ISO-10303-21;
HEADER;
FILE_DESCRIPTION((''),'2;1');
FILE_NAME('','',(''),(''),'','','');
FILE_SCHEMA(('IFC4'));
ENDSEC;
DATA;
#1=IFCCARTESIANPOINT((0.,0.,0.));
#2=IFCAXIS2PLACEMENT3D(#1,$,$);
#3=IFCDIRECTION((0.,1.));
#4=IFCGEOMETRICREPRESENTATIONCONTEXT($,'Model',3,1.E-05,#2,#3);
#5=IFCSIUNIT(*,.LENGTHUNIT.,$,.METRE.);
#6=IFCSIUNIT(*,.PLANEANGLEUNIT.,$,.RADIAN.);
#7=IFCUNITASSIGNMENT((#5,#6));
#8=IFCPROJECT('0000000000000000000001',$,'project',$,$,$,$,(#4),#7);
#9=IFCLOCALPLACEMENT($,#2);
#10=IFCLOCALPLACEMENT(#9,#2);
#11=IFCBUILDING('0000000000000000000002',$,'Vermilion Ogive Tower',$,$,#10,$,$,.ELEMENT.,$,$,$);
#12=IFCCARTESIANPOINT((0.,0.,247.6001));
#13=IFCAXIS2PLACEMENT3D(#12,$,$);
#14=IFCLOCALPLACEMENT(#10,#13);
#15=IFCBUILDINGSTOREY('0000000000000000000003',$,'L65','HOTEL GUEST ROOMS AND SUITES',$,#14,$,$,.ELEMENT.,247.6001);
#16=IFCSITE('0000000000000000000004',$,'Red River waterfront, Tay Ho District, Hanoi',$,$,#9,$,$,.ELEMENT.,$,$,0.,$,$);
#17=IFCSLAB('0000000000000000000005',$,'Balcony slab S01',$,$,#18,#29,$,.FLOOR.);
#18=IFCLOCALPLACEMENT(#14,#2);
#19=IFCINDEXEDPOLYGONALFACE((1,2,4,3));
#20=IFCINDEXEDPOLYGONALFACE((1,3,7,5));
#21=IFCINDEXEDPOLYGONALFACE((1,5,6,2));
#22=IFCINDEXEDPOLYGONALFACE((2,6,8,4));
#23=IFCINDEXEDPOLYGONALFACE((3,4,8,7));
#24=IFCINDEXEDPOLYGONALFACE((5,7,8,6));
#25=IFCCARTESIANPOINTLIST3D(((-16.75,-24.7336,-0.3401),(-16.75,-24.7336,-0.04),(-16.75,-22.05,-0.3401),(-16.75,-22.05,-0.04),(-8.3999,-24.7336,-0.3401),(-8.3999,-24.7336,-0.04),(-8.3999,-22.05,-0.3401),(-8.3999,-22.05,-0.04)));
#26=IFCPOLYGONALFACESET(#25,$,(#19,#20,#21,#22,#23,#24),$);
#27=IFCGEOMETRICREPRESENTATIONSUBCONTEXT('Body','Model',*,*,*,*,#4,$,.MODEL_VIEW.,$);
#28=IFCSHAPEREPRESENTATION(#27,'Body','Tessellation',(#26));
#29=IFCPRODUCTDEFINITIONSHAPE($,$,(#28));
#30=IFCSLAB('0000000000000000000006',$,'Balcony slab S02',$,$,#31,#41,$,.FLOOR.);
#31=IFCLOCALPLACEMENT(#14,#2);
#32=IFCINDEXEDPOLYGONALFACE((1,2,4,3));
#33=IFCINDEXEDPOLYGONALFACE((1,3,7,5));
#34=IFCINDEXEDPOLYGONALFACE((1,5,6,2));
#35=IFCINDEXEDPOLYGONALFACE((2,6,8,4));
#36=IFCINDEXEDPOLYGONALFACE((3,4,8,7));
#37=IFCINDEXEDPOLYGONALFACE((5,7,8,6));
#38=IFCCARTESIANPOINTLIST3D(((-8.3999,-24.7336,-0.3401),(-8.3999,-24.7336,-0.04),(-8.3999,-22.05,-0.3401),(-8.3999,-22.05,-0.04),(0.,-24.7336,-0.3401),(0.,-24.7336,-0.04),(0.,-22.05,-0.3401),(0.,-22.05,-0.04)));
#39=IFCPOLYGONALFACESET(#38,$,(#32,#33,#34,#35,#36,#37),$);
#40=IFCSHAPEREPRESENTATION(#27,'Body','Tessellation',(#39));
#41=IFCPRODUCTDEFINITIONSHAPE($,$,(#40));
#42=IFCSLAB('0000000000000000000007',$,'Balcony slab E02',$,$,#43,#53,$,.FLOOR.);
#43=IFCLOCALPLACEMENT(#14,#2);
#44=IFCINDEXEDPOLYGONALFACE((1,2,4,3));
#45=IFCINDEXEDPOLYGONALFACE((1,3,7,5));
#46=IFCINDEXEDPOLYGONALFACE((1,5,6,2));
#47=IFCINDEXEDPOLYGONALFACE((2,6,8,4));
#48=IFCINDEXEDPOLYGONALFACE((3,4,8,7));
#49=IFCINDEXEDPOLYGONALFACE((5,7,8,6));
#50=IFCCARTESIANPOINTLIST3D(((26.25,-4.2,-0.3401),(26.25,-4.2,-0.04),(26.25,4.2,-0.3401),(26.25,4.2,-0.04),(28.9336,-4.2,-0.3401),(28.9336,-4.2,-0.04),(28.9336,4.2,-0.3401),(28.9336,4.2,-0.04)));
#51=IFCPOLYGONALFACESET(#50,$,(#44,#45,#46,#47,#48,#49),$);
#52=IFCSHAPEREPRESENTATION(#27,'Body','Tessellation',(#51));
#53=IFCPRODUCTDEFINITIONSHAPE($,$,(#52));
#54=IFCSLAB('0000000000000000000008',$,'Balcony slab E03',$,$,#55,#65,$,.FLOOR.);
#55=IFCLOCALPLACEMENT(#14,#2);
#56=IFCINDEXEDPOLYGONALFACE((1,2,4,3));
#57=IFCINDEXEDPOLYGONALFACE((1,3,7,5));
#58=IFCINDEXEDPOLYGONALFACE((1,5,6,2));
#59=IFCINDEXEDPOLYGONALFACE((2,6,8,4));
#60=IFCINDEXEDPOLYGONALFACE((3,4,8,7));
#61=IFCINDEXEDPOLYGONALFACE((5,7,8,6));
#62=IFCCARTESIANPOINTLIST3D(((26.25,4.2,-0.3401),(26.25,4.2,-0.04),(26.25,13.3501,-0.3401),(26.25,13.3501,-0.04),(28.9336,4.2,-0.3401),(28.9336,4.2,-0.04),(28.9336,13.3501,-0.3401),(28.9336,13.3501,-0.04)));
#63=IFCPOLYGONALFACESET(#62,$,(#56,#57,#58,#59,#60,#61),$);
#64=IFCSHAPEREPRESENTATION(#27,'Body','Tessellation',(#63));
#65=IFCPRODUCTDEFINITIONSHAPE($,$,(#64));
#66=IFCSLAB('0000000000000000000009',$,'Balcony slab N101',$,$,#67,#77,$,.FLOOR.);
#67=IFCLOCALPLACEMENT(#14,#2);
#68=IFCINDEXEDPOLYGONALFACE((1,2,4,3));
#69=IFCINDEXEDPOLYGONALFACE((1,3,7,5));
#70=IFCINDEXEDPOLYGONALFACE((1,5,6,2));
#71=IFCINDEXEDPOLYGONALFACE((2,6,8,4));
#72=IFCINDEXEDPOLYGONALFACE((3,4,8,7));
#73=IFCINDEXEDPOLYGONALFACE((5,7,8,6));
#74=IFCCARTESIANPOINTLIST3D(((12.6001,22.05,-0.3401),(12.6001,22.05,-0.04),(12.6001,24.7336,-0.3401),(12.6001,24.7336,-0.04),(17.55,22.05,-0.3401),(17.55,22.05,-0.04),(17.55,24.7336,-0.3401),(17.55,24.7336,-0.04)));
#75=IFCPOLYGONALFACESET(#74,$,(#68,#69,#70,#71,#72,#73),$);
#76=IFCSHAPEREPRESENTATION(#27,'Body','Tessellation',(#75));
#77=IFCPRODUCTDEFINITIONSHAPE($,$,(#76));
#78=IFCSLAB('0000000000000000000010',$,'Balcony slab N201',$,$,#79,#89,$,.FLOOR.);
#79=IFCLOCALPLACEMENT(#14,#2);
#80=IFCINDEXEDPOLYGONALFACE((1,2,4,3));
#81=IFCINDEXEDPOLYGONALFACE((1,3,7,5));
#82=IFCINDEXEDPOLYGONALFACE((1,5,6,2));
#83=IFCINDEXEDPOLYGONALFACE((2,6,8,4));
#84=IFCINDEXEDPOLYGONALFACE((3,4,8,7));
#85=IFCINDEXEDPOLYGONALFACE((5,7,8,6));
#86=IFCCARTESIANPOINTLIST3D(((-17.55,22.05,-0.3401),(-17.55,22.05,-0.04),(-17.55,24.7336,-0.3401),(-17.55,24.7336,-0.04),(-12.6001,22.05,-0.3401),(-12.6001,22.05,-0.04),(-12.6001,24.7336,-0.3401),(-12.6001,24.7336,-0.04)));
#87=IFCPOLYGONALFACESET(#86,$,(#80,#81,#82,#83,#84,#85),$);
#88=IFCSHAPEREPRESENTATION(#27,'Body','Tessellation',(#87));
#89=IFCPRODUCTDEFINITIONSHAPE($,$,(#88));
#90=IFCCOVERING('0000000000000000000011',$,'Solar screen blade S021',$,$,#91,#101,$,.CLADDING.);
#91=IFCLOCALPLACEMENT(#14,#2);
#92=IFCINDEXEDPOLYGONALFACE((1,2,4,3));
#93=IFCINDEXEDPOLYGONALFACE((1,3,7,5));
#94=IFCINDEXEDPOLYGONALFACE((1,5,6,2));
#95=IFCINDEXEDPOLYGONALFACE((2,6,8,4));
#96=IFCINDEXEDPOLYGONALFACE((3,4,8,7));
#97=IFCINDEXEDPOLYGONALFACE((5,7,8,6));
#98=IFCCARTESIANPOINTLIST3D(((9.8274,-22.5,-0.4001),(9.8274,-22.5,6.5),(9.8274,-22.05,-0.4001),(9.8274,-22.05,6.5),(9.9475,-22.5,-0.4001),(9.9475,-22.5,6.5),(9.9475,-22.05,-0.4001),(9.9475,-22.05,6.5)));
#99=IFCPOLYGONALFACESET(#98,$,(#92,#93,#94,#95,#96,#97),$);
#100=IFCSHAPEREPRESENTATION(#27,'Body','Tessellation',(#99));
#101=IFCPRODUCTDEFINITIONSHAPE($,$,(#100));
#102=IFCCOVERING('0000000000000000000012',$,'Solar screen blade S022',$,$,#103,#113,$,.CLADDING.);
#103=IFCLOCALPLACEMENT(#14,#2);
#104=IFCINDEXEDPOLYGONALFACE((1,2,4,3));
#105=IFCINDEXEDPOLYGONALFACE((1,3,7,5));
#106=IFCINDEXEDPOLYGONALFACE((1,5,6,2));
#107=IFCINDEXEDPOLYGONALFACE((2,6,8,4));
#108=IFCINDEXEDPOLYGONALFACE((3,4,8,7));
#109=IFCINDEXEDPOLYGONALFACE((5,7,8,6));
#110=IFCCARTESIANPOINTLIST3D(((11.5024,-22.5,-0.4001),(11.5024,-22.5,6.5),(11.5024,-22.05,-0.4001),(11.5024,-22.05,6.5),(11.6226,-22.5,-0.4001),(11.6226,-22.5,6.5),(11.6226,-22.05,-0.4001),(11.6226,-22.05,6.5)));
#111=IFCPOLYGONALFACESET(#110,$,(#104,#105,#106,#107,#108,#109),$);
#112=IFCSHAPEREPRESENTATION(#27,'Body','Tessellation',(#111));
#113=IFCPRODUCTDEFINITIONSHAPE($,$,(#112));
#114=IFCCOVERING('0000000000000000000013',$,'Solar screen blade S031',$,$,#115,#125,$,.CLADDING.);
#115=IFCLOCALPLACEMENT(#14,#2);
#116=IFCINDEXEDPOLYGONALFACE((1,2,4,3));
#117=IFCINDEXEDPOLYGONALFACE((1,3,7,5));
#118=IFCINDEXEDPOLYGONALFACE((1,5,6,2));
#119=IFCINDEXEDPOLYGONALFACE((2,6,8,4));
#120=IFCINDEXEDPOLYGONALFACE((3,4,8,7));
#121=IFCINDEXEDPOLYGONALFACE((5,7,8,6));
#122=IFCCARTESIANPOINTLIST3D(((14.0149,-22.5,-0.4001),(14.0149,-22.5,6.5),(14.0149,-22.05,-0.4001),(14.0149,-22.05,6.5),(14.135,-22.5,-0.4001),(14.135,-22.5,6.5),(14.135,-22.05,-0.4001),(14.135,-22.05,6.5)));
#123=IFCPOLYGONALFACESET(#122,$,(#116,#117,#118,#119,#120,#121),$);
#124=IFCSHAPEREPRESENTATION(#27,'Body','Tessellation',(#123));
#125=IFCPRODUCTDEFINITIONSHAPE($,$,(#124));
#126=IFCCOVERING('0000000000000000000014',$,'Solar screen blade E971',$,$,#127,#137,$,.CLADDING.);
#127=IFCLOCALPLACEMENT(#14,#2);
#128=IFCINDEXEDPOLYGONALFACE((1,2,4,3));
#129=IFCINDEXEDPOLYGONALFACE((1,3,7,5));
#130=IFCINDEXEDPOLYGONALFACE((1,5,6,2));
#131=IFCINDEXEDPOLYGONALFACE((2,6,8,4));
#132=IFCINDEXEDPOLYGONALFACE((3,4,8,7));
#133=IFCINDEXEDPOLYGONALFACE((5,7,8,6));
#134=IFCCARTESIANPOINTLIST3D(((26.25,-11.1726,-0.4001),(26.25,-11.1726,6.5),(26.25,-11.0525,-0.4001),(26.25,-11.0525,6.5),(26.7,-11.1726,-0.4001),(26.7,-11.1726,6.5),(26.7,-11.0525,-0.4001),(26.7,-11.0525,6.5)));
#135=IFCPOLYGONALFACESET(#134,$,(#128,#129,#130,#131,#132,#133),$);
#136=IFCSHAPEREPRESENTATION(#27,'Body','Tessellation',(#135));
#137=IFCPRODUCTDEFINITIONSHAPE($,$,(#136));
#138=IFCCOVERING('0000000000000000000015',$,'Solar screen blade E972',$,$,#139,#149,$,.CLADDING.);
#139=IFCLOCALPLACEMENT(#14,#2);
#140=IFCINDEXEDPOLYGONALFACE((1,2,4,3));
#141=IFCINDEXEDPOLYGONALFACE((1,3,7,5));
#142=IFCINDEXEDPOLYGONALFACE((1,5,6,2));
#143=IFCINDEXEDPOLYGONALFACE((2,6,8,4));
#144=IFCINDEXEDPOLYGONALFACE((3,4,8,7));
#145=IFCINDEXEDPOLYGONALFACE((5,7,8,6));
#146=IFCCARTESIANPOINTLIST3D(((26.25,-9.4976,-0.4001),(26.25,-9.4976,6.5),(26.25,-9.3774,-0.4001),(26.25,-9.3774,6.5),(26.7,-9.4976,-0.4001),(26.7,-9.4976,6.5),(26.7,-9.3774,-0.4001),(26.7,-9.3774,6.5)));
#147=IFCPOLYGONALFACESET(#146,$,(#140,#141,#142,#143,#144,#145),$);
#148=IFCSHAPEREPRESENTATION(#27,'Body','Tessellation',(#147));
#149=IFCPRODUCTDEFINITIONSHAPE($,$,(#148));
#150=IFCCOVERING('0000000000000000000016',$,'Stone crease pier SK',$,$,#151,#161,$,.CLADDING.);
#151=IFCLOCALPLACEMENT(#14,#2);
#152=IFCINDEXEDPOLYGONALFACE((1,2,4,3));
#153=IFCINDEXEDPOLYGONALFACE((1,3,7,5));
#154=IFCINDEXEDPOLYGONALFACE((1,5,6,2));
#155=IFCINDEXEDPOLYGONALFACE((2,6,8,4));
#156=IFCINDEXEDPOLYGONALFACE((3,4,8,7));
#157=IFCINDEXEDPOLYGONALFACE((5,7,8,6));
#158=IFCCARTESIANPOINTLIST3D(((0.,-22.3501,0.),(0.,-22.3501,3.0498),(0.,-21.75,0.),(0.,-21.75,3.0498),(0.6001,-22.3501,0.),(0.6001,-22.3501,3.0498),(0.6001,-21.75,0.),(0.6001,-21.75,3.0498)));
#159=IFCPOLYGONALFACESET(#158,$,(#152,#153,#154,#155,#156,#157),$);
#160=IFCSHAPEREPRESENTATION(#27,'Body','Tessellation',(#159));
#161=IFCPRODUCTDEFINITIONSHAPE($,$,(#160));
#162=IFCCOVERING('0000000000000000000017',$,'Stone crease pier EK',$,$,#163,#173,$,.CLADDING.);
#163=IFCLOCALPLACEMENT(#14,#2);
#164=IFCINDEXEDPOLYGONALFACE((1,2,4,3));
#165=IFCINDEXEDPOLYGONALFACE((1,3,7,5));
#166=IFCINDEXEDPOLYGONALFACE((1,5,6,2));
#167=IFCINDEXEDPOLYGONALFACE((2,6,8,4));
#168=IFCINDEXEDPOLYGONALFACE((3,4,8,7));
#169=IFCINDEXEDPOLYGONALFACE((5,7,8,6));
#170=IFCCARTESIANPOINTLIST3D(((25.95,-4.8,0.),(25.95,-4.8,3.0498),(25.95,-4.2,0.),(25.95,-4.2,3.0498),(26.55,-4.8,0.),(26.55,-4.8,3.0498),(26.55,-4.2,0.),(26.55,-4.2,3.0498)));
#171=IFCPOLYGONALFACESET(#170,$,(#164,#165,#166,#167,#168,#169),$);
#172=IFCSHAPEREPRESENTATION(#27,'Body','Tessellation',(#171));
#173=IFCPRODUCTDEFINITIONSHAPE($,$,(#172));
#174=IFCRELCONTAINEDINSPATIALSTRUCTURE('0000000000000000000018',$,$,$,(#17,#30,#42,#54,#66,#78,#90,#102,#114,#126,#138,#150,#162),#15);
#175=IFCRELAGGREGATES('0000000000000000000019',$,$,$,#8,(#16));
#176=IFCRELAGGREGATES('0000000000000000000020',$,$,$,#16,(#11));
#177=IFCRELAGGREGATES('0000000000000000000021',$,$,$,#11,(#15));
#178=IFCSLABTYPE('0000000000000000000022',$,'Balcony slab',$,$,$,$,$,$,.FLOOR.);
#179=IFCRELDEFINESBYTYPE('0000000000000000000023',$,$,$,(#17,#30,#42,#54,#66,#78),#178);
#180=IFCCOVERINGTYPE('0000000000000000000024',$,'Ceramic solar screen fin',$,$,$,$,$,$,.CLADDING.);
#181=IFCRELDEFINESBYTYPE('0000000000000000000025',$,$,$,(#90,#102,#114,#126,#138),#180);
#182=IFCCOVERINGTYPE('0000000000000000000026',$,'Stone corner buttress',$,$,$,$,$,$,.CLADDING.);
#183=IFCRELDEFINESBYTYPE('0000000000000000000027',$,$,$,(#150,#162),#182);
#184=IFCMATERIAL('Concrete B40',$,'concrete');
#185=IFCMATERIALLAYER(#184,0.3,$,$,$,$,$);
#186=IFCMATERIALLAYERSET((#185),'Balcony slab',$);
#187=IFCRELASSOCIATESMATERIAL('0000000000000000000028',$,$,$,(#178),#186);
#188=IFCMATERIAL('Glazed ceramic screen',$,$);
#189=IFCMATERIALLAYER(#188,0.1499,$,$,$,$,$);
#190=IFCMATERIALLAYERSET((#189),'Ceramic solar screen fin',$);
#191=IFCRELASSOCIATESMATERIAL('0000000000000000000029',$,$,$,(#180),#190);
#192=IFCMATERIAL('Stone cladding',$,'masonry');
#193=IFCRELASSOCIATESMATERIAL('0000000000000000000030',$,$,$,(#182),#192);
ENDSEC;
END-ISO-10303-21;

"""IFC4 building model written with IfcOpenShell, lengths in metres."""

from ifc_helpers import new_model, si_unit, direction, frame, origin, place, context, subcontext, project, spatial, polyline, outline, extrude, material, layer, layer_set, type_object, element, save


model = new_model("IFC4")

# Units and contexts
model_context = context("Model", 3, precision=1e-05, world=origin(), true_north=direction((0.0, 1.0)))
body_context = subcontext(model_context, "Body", "Model", "MODEL_VIEW")
ifc_project = project(units=[si_unit("LENGTHUNIT", "METRE"), si_unit("PLANEANGLEUNIT", "RADIAN")], contexts=[model_context])

# Site, building, storey
site_placement = place(None, origin())
site = spatial("IfcSite", under=ifc_project, at=site_placement, Name="Red River waterfront, Tay Ho District, Hanoi", CompositionType="ELEMENT", RefElevation=0.0)
building_placement = place(site_placement, origin())
building = spatial("IfcBuilding", under=site, at=building_placement, Name="Vermilion Ogive Tower", CompositionType="ELEMENT")
storey_placement = place(building_placement, frame((0.0, 0.0, 247.6001)))
storey = spatial("IfcBuildingStorey", under=building, at=storey_placement, Name="L65", Description="HOTEL GUEST ROOMS AND SUITES", CompositionType="ELEMENT", Elevation=247.6001)

# Slabs
ifc_material_1 = material(Name="Concrete B40", Category="concrete")
ifc_layer_1 = layer(ifc_material_1, 0.3)
ifc_layer_set_1 = layer_set([ifc_layer_1], Name="Balcony slab")
slab_type = type_object("IfcSlabType", Name="Balcony slab", PredefinedType="FLOOR", material=ifc_layer_set_1)
slab_1_placement = place(storey_placement, frame((0.0, 0.0, -0.3401)))
element("IfcSlab", 1, at=slab_1_placement, inside=storey, type_object=slab_type, Name="Balcony slab S01", PredefinedType="FLOOR", context=body_context, shape_type="SweptSolid", body=[
    extrude(outline(polyline([(-16.75, -24.7336), (-8.3999, -24.7336), (-8.3999, -22.05), (-16.75, -22.05), (-16.75, -24.7336)])), origin(), (0.0, 0.0, 1.0), 0.3),
])
slab_2_placement = place(storey_placement, frame((0.0, 0.0, -0.3401)))
element("IfcSlab", 2, at=slab_2_placement, inside=storey, type_object=slab_type, Name="Balcony slab S02", PredefinedType="FLOOR", context=body_context, shape_type="SweptSolid", body=[
    extrude(outline(polyline([(-8.3999, -24.7336), (0.0, -24.7336), (0.0, -22.05), (-8.3999, -22.05), (-8.3999, -24.7336)])), origin(), (0.0, 0.0, 1.0), 0.3),
])
slab_3_placement = place(storey_placement, frame((0.0, 0.0, -0.3401)))
element("IfcSlab", 3, at=slab_3_placement, inside=storey, type_object=slab_type, Name="Balcony slab E02", PredefinedType="FLOOR", context=body_context, shape_type="SweptSolid", body=[
    extrude(outline(polyline([(28.9336, -4.2), (28.9336, 4.2), (26.25, 4.2), (26.25, -4.2), (28.9336, -4.2)])), origin(), (0.0, 0.0, 1.0), 0.3),
])
slab_4_placement = place(storey_placement, frame((0.0, 0.0, -0.3401)))
element("IfcSlab", 4, at=slab_4_placement, inside=storey, type_object=slab_type, Name="Balcony slab E03", PredefinedType="FLOOR", context=body_context, shape_type="SweptSolid", body=[
    extrude(outline(polyline([(28.9336, 4.2), (28.9336, 13.3501), (26.25, 13.3501), (26.25, 4.2), (28.9336, 4.2)])), origin(), (0.0, 0.0, 1.0), 0.3),
])
slab_5_placement = place(storey_placement, frame((0.0, 0.0, -0.3401)))
element("IfcSlab", 5, at=slab_5_placement, inside=storey, type_object=slab_type, Name="Balcony slab N101", PredefinedType="FLOOR", context=body_context, shape_type="SweptSolid", body=[
    extrude(outline(polyline([(17.55, 24.7336), (12.6001, 24.7336), (12.6001, 22.05), (17.55, 22.05), (17.55, 24.7336)])), origin(), (0.0, 0.0, 1.0), 0.3),
])
slab_6_placement = place(storey_placement, frame((0.0, 0.0, -0.3401)))
element("IfcSlab", 6, at=slab_6_placement, inside=storey, type_object=slab_type, Name="Balcony slab N201", PredefinedType="FLOOR", context=body_context, shape_type="SweptSolid", body=[
    extrude(outline(polyline([(-12.6001, 24.7336), (-17.55, 24.7336), (-17.55, 22.05), (-12.6001, 22.05), (-12.6001, 24.7336)])), origin(), (0.0, 0.0, 1.0), 0.3),
])

# Coverings
ifc_material_2 = material(Name="Glazed ceramic screen")
ifc_layer_2 = layer(ifc_material_2, 0.1499)
ifc_layer_set_2 = layer_set([ifc_layer_2], Name="Ceramic solar screen fin")
covering_type_1 = type_object("IfcCoveringType", Name="Ceramic solar screen fin", PredefinedType="CLADDING", material=ifc_layer_set_2)
covering_1_placement = place(storey_placement, frame((0.0, 0.0, -0.4001)))
element("IfcCovering", 7, at=covering_1_placement, inside=storey, type_object=covering_type_1, Name="Solar screen blade S021", PredefinedType="CLADDING", context=body_context, shape_type="SweptSolid", body=[
    extrude(outline(polyline([(9.8274, -22.5), (9.9475, -22.5), (9.9475, -22.05), (9.8274, -22.05), (9.8274, -22.5)])), origin(), (0.0, 0.0, 1.0), 6.9001),
])
covering_2_placement = place(storey_placement, frame((0.0, 0.0, -0.4001)))
element("IfcCovering", 8, at=covering_2_placement, inside=storey, type_object=covering_type_1, Name="Solar screen blade S022", PredefinedType="CLADDING", context=body_context, shape_type="SweptSolid", body=[
    extrude(outline(polyline([(11.5024, -22.5), (11.6226, -22.5), (11.6226, -22.05), (11.5024, -22.05), (11.5024, -22.5)])), origin(), (0.0, 0.0, 1.0), 6.9001),
])
covering_3_placement = place(storey_placement, frame((0.0, 0.0, -0.4001)))
element("IfcCovering", 9, at=covering_3_placement, inside=storey, type_object=covering_type_1, Name="Solar screen blade S031", PredefinedType="CLADDING", context=body_context, shape_type="SweptSolid", body=[
    extrude(outline(polyline([(14.0149, -22.5), (14.135, -22.5), (14.135, -22.05), (14.0149, -22.05), (14.0149, -22.5)])), origin(), (0.0, 0.0, 1.0), 6.9001),
])
covering_4_placement = place(storey_placement, frame((0.0, 0.0, -0.4001)))
element("IfcCovering", 10, at=covering_4_placement, inside=storey, type_object=covering_type_1, Name="Solar screen blade E971", PredefinedType="CLADDING", context=body_context, shape_type="SweptSolid", body=[
    extrude(outline(polyline([(26.7, -11.1726), (26.7, -11.0525), (26.25, -11.0525), (26.25, -11.1726), (26.7, -11.1726)])), origin(), (0.0, 0.0, 1.0), 6.9001),
])
covering_5_placement = place(storey_placement, frame((0.0, 0.0, -0.4001)))
element("IfcCovering", 11, at=covering_5_placement, inside=storey, type_object=covering_type_1, Name="Solar screen blade E972", PredefinedType="CLADDING", context=body_context, shape_type="SweptSolid", body=[
    extrude(outline(polyline([(26.7, -9.4976), (26.7, -9.3774), (26.25, -9.3774), (26.25, -9.4976), (26.7, -9.4976)])), origin(), (0.0, 0.0, 1.0), 6.9001),
])
ifc_material_3 = material(Name="Stone cladding", Category="masonry")
covering_type_2 = type_object("IfcCoveringType", Name="Stone corner buttress", PredefinedType="CLADDING", material=ifc_material_3)
covering_6_placement = place(storey_placement, origin())
element("IfcCovering", 12, at=covering_6_placement, inside=storey, type_object=covering_type_2, Name="Stone crease pier SK", PredefinedType="CLADDING", context=body_context, shape_type="SweptSolid", body=[
    extrude(outline(polyline([(0.0, -22.3501), (0.6001, -22.3501), (0.6001, -21.75), (0.0, -21.75), (0.0, -22.3501)])), origin(), (0.0, 0.0, 1.0), 3.0498),
])
covering_7_placement = place(storey_placement, origin())
element("IfcCovering", 13, at=covering_7_placement, inside=storey, type_object=covering_type_2, Name="Stone crease pier EK", PredefinedType="CLADDING", context=body_context, shape_type="SweptSolid", body=[
    extrude(outline(polyline([(26.55, -4.8), (26.55, -4.2), (25.95, -4.2), (25.95, -4.8), (26.55, -4.8)])), origin(), (0.0, 0.0, 1.0), 3.0498),
])

save(model, "model.ifc")
